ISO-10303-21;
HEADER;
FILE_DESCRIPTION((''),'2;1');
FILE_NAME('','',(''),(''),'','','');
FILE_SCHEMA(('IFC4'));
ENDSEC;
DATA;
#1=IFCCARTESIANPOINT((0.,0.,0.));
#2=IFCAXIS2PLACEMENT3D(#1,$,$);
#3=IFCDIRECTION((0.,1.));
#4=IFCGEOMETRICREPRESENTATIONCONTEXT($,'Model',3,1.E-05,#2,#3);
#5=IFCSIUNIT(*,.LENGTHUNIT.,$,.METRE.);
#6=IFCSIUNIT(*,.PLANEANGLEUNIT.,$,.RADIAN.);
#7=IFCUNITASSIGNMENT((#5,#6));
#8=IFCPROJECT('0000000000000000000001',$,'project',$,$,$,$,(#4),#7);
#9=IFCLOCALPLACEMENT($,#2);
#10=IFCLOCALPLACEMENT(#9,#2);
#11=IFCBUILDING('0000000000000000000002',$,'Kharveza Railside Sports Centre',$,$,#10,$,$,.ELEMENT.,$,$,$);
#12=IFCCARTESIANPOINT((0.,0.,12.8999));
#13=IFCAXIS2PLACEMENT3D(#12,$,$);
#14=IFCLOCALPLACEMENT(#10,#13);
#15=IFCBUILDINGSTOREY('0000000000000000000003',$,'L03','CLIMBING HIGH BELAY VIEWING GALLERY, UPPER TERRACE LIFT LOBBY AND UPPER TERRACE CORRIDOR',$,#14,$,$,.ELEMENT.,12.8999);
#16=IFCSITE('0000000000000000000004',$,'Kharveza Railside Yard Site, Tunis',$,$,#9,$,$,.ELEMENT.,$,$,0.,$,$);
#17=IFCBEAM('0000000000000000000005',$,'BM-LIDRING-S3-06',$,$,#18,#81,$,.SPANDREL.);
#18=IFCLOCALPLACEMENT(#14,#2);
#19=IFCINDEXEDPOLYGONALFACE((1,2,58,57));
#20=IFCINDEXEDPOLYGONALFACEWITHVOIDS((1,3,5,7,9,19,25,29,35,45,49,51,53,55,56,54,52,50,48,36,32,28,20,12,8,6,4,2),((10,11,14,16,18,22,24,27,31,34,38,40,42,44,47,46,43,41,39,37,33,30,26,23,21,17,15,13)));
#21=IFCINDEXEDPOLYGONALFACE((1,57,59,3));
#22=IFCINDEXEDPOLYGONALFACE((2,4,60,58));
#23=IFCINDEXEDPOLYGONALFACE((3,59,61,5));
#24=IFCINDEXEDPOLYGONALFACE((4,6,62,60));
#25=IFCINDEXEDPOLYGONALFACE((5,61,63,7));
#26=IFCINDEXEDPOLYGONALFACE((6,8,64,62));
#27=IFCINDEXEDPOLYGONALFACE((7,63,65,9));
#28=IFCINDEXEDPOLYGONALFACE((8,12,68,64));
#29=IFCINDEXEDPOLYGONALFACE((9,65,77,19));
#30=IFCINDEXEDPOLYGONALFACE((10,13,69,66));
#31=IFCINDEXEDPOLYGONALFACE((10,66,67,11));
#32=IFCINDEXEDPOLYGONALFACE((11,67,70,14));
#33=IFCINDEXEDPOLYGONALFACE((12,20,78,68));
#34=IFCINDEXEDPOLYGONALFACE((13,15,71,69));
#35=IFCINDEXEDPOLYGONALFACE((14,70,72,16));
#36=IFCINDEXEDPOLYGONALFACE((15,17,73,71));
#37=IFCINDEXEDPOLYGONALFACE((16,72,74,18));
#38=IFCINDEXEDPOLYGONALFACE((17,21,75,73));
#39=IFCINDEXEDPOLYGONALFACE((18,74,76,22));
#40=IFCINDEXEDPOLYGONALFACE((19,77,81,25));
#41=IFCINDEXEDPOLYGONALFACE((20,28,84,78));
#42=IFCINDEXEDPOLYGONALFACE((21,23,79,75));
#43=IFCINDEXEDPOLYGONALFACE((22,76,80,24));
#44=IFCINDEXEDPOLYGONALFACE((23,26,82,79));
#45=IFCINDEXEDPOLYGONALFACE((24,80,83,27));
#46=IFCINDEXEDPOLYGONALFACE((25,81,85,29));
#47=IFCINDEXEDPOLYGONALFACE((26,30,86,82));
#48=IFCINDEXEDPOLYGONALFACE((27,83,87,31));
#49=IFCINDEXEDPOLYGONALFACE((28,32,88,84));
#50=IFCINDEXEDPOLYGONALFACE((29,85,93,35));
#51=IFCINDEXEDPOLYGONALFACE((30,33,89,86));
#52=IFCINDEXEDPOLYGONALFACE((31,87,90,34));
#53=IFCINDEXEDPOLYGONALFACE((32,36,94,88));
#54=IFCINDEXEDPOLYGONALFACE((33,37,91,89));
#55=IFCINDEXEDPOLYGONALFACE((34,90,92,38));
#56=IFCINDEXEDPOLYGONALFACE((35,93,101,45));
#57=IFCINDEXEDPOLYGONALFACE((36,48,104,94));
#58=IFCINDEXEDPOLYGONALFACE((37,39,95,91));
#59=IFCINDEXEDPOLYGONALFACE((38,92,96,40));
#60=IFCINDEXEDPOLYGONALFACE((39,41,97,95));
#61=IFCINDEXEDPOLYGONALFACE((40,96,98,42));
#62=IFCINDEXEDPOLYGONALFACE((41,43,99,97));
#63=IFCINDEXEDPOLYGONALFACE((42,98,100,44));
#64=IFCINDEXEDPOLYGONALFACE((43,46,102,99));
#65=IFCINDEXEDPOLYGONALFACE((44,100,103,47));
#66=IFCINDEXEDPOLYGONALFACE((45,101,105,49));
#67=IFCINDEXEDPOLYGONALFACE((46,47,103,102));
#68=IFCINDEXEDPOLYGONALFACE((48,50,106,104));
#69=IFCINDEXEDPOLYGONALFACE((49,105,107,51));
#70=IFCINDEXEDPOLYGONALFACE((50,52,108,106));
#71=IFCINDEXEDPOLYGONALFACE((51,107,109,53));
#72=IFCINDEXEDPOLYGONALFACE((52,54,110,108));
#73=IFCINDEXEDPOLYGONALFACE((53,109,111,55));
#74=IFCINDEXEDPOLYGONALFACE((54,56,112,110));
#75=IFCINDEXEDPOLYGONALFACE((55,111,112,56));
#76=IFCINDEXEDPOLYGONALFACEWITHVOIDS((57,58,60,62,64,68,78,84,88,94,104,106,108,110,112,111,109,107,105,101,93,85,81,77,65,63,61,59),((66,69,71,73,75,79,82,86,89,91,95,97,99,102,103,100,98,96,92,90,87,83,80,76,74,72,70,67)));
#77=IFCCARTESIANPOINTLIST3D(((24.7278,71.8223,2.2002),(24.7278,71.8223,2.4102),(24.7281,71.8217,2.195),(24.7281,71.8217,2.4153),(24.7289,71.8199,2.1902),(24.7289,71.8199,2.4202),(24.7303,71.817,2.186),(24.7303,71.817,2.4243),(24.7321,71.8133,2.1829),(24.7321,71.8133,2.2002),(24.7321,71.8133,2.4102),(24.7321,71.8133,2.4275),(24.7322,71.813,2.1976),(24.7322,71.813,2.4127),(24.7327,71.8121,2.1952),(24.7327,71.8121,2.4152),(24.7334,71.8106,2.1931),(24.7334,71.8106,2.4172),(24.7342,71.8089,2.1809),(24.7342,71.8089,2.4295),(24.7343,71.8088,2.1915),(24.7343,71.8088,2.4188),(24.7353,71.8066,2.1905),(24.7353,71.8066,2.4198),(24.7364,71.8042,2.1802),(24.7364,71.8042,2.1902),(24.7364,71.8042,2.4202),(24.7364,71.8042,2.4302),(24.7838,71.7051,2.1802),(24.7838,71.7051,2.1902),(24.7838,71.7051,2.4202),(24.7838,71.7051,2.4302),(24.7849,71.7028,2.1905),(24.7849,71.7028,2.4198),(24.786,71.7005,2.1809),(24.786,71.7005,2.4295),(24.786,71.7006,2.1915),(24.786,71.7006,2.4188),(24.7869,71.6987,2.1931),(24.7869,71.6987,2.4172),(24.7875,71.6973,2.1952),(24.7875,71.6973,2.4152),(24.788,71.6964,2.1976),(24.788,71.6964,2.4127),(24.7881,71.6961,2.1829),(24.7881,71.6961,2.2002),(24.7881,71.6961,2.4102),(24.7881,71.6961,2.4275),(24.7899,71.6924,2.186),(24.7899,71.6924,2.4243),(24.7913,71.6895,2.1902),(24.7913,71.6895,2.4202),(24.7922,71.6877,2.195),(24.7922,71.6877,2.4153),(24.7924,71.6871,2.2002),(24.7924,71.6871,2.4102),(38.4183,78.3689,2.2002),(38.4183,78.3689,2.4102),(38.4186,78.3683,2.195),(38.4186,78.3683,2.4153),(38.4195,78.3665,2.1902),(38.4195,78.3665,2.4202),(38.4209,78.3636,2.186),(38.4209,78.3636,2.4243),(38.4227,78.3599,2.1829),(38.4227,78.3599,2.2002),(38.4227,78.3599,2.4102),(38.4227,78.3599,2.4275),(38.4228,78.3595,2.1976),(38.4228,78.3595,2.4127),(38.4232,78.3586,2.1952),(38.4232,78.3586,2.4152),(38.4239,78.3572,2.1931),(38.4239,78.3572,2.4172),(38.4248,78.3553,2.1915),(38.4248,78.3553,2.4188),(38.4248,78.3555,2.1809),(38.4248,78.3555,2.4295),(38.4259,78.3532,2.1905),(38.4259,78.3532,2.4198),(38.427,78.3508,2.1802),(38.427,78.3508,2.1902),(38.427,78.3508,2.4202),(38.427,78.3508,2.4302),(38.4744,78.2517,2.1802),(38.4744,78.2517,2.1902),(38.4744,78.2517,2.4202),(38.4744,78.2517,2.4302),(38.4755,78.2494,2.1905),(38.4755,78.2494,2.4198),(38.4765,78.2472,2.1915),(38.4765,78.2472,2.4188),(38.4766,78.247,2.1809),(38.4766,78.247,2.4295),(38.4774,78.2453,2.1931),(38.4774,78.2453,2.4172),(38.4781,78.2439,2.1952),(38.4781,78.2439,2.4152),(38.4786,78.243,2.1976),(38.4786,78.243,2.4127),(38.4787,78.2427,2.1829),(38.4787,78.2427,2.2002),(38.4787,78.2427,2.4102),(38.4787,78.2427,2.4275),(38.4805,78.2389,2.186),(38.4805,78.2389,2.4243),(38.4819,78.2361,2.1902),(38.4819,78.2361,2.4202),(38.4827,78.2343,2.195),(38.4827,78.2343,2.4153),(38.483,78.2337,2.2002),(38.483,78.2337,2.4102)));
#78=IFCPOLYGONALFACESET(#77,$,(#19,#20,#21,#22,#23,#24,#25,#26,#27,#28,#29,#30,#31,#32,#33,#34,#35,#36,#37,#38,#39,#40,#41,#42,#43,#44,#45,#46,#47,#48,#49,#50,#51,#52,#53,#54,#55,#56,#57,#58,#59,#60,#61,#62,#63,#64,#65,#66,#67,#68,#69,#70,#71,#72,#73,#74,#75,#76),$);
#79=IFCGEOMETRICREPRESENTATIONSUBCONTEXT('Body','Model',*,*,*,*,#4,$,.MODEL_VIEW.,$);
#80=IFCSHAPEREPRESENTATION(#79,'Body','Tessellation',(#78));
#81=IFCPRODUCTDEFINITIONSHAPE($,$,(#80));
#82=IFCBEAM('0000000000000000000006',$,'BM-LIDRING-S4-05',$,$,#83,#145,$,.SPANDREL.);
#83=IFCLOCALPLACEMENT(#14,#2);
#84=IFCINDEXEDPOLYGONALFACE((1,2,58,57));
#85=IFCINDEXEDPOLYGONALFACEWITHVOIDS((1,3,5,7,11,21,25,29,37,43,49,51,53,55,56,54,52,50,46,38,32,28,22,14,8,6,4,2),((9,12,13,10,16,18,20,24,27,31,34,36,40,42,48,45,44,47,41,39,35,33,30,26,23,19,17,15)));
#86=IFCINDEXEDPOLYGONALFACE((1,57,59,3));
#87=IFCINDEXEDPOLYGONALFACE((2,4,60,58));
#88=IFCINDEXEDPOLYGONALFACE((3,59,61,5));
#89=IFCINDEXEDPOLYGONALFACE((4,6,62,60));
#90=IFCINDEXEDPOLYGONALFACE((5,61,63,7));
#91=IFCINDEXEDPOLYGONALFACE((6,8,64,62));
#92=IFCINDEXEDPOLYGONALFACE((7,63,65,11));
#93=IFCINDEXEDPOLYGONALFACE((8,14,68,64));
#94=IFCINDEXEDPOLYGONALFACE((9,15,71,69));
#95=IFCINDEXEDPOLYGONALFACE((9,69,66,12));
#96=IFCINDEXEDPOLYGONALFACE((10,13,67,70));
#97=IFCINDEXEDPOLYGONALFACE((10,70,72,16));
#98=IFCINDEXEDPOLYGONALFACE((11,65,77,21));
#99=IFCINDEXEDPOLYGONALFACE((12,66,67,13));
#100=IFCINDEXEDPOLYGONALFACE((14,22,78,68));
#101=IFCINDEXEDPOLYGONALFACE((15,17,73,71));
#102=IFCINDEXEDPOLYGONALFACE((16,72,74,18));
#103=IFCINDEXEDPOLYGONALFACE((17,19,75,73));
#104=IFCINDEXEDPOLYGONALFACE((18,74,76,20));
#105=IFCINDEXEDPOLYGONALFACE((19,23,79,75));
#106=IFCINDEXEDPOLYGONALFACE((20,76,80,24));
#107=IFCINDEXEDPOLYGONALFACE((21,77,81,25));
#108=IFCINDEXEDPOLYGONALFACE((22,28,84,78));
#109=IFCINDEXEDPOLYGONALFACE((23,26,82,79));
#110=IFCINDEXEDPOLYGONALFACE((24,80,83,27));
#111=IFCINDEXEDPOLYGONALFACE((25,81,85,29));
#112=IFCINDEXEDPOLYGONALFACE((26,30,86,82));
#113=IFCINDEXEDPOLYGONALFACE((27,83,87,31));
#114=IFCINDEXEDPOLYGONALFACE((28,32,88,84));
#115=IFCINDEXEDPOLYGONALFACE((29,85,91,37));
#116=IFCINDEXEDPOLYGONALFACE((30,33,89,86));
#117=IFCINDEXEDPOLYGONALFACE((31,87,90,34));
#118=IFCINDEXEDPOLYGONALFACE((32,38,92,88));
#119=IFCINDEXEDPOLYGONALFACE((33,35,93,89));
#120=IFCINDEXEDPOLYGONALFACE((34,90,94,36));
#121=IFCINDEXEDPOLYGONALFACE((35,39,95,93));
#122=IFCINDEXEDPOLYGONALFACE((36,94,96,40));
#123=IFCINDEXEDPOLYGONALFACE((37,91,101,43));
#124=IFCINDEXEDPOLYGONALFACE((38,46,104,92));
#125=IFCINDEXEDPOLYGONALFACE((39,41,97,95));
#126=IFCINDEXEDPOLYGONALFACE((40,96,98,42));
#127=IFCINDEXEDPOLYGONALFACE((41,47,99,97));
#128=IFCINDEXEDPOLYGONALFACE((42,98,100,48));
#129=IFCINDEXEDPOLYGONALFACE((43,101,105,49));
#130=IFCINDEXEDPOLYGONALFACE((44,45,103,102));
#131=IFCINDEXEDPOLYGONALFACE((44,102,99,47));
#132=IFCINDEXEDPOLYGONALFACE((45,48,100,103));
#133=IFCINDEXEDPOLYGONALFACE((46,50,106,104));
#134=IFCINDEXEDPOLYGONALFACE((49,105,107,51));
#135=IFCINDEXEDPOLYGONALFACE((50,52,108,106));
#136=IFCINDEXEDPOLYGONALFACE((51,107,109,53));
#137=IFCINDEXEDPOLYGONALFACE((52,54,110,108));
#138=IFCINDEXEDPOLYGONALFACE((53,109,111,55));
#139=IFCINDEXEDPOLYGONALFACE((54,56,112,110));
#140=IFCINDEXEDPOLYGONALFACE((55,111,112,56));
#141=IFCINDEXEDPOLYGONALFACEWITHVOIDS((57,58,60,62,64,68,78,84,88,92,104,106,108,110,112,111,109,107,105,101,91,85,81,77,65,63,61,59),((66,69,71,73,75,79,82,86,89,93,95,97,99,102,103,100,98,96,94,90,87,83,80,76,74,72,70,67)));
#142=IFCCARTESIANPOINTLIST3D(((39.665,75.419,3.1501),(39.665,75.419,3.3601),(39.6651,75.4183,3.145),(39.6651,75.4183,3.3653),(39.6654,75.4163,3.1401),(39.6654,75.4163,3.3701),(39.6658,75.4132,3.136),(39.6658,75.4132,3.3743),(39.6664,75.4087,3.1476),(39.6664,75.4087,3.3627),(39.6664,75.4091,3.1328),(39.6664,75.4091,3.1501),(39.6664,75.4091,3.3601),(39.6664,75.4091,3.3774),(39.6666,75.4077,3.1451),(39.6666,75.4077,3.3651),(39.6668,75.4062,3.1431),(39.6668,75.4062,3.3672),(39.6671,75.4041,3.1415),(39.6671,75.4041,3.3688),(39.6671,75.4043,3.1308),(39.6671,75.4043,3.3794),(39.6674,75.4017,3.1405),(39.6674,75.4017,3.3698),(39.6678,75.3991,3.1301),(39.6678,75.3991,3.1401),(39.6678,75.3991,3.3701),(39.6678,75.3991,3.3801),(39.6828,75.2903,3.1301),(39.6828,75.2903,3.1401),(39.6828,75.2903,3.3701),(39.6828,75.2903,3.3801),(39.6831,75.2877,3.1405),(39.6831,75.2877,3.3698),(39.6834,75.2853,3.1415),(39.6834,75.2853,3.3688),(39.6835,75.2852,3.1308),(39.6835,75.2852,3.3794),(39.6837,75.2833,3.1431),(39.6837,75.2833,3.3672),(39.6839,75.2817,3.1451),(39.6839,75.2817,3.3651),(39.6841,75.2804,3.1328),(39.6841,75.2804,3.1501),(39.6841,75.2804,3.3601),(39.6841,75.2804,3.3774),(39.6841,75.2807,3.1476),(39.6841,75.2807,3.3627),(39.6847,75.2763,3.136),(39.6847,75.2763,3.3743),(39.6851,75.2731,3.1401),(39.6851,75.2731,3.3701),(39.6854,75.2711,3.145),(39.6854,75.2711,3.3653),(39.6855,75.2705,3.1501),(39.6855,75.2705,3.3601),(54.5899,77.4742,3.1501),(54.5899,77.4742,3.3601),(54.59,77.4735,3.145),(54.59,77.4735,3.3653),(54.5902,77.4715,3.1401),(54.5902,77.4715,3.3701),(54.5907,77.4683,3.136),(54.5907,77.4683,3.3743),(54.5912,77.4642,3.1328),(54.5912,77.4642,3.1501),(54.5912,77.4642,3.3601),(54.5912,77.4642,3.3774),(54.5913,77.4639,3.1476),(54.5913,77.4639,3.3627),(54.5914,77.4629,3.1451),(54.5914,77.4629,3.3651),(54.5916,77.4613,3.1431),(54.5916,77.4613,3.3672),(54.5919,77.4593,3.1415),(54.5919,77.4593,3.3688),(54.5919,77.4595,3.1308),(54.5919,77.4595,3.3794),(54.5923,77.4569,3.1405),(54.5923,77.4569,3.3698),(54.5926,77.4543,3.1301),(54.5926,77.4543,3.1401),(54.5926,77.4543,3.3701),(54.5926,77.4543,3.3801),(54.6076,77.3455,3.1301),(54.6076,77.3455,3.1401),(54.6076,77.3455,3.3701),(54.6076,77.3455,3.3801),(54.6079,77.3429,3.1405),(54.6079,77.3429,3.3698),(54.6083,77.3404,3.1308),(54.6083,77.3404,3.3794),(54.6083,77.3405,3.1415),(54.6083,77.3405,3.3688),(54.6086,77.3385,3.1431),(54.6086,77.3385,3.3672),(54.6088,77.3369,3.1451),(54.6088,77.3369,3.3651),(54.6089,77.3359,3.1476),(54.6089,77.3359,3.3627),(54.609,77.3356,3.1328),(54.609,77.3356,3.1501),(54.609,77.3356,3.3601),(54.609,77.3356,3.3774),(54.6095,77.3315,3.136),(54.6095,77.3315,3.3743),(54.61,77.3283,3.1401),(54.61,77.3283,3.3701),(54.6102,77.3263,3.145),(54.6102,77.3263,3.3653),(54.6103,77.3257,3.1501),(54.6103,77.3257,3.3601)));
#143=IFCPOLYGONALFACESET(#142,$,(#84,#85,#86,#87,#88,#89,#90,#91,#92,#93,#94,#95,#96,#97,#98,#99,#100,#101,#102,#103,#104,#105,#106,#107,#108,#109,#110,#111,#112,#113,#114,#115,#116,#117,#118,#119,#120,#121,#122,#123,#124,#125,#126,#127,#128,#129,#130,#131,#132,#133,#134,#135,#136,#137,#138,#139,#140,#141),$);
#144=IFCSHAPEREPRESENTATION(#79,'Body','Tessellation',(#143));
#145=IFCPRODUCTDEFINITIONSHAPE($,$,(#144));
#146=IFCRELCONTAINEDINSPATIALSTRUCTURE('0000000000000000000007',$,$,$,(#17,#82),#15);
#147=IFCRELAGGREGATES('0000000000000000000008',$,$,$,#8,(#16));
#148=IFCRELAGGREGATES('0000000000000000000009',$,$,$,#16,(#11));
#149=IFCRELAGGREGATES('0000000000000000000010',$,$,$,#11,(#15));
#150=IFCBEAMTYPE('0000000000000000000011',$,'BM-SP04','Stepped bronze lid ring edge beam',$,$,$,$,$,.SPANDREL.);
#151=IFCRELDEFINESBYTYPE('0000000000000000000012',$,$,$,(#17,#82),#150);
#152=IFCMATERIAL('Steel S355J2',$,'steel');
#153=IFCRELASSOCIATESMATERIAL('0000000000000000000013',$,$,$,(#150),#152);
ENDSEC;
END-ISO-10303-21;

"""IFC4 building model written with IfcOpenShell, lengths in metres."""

from ifc_helpers import new_model, si_unit, direction, frame, origin, origin_2d, place, context, subcontext, project, spatial, hollow_rectangle, extrude, material, material_profile, profile_set, type_object, element, save


model = new_model("IFC4")

# Units and contexts
model_context = context("Model", 3, precision=1e-05, world=origin(), true_north=direction((0.0, 1.0)))
body_context = subcontext(model_context, "Body", "Model", "MODEL_VIEW")
ifc_project = project(units=[si_unit("LENGTHUNIT", "METRE"), si_unit("PLANEANGLEUNIT", "RADIAN")], contexts=[model_context])

# Site, building, storey
site_placement = place(None, origin())
site = spatial("IfcSite", under=ifc_project, at=site_placement, Name="Kharveza Railside Yard Site, Tunis", CompositionType="ELEMENT", RefElevation=0.0)
building_placement = place(site_placement, origin())
building = spatial("IfcBuilding", under=site, at=building_placement, Name="Kharveza Railside Sports Centre", CompositionType="ELEMENT")
storey_placement = place(building_placement, frame((0.0, 0.0, 12.8999)))
storey = spatial("IfcBuildingStorey", under=building, at=storey_placement, Name="L03", Description="CLIMBING HIGH BELAY VIEWING GALLERY, UPPER TERRACE LIFT LOBBY AND UPPER TERRACE CORRIDOR", CompositionType="ELEMENT", Elevation=12.8999)

# Beams
ifc_material_1 = material(Name="Steel S355J2", Category="steel")
ifc_material_profile_1 = material_profile(ifc_material_1, hollow_rectangle(XDim=0.1499, YDim=0.25, WallThickness=0.01, InnerFilletRadius=0.01, OuterFilletRadius=0.02, at=origin_2d()), Name="RHS 150x250x10.0")
ifc_profile_set_1 = profile_set([ifc_material_profile_1], Name="Steel S355J2")
beam_type = type_object("IfcBeamType", Name="BM-SP04", Description="Stepped bronze lid ring edge beam", PredefinedType="SPANDREL", material=ifc_profile_set_1)
beam_1_placement = place(storey_placement, frame((38.4507, 78.3013, 2.3052), z_axis=(-0.902162, -0.431397, 0.0), x_axis=(0.431397, -0.902162, 0.0)))
element("IfcBeam", 1, at=beam_1_placement, inside=storey, type_object=beam_type, Name="BM-LIDRING-S3-06", PredefinedType="SPANDREL", context=body_context, shape_type="SweptSolid", body=[
    extrude(hollow_rectangle(XDim=0.1499, YDim=0.25, WallThickness=0.01, InnerFilletRadius=0.01, OuterFilletRadius=0.02, at=origin_2d()), origin(), (0.0, 0.0, 1.0), 15.1753),
])
beam_2_placement = place(storey_placement, frame((54.6001, 77.3999, 3.2551), z_axis=(-0.990652, -0.136415, 0.0), x_axis=(0.136415, -0.990652, 0.0)))
element("IfcBeam", 2, at=beam_2_placement, inside=storey, type_object=beam_type, Name="BM-LIDRING-S4-05", PredefinedType="SPANDREL", context=body_context, shape_type="SweptSolid", body=[
    extrude(hollow_rectangle(XDim=0.1499, YDim=0.25, WallThickness=0.01, InnerFilletRadius=0.01, OuterFilletRadius=0.02, at=origin_2d()), origin(), (0.0, 0.0, 1.0), 15.0657),
])

save(model, "model.ifc")
